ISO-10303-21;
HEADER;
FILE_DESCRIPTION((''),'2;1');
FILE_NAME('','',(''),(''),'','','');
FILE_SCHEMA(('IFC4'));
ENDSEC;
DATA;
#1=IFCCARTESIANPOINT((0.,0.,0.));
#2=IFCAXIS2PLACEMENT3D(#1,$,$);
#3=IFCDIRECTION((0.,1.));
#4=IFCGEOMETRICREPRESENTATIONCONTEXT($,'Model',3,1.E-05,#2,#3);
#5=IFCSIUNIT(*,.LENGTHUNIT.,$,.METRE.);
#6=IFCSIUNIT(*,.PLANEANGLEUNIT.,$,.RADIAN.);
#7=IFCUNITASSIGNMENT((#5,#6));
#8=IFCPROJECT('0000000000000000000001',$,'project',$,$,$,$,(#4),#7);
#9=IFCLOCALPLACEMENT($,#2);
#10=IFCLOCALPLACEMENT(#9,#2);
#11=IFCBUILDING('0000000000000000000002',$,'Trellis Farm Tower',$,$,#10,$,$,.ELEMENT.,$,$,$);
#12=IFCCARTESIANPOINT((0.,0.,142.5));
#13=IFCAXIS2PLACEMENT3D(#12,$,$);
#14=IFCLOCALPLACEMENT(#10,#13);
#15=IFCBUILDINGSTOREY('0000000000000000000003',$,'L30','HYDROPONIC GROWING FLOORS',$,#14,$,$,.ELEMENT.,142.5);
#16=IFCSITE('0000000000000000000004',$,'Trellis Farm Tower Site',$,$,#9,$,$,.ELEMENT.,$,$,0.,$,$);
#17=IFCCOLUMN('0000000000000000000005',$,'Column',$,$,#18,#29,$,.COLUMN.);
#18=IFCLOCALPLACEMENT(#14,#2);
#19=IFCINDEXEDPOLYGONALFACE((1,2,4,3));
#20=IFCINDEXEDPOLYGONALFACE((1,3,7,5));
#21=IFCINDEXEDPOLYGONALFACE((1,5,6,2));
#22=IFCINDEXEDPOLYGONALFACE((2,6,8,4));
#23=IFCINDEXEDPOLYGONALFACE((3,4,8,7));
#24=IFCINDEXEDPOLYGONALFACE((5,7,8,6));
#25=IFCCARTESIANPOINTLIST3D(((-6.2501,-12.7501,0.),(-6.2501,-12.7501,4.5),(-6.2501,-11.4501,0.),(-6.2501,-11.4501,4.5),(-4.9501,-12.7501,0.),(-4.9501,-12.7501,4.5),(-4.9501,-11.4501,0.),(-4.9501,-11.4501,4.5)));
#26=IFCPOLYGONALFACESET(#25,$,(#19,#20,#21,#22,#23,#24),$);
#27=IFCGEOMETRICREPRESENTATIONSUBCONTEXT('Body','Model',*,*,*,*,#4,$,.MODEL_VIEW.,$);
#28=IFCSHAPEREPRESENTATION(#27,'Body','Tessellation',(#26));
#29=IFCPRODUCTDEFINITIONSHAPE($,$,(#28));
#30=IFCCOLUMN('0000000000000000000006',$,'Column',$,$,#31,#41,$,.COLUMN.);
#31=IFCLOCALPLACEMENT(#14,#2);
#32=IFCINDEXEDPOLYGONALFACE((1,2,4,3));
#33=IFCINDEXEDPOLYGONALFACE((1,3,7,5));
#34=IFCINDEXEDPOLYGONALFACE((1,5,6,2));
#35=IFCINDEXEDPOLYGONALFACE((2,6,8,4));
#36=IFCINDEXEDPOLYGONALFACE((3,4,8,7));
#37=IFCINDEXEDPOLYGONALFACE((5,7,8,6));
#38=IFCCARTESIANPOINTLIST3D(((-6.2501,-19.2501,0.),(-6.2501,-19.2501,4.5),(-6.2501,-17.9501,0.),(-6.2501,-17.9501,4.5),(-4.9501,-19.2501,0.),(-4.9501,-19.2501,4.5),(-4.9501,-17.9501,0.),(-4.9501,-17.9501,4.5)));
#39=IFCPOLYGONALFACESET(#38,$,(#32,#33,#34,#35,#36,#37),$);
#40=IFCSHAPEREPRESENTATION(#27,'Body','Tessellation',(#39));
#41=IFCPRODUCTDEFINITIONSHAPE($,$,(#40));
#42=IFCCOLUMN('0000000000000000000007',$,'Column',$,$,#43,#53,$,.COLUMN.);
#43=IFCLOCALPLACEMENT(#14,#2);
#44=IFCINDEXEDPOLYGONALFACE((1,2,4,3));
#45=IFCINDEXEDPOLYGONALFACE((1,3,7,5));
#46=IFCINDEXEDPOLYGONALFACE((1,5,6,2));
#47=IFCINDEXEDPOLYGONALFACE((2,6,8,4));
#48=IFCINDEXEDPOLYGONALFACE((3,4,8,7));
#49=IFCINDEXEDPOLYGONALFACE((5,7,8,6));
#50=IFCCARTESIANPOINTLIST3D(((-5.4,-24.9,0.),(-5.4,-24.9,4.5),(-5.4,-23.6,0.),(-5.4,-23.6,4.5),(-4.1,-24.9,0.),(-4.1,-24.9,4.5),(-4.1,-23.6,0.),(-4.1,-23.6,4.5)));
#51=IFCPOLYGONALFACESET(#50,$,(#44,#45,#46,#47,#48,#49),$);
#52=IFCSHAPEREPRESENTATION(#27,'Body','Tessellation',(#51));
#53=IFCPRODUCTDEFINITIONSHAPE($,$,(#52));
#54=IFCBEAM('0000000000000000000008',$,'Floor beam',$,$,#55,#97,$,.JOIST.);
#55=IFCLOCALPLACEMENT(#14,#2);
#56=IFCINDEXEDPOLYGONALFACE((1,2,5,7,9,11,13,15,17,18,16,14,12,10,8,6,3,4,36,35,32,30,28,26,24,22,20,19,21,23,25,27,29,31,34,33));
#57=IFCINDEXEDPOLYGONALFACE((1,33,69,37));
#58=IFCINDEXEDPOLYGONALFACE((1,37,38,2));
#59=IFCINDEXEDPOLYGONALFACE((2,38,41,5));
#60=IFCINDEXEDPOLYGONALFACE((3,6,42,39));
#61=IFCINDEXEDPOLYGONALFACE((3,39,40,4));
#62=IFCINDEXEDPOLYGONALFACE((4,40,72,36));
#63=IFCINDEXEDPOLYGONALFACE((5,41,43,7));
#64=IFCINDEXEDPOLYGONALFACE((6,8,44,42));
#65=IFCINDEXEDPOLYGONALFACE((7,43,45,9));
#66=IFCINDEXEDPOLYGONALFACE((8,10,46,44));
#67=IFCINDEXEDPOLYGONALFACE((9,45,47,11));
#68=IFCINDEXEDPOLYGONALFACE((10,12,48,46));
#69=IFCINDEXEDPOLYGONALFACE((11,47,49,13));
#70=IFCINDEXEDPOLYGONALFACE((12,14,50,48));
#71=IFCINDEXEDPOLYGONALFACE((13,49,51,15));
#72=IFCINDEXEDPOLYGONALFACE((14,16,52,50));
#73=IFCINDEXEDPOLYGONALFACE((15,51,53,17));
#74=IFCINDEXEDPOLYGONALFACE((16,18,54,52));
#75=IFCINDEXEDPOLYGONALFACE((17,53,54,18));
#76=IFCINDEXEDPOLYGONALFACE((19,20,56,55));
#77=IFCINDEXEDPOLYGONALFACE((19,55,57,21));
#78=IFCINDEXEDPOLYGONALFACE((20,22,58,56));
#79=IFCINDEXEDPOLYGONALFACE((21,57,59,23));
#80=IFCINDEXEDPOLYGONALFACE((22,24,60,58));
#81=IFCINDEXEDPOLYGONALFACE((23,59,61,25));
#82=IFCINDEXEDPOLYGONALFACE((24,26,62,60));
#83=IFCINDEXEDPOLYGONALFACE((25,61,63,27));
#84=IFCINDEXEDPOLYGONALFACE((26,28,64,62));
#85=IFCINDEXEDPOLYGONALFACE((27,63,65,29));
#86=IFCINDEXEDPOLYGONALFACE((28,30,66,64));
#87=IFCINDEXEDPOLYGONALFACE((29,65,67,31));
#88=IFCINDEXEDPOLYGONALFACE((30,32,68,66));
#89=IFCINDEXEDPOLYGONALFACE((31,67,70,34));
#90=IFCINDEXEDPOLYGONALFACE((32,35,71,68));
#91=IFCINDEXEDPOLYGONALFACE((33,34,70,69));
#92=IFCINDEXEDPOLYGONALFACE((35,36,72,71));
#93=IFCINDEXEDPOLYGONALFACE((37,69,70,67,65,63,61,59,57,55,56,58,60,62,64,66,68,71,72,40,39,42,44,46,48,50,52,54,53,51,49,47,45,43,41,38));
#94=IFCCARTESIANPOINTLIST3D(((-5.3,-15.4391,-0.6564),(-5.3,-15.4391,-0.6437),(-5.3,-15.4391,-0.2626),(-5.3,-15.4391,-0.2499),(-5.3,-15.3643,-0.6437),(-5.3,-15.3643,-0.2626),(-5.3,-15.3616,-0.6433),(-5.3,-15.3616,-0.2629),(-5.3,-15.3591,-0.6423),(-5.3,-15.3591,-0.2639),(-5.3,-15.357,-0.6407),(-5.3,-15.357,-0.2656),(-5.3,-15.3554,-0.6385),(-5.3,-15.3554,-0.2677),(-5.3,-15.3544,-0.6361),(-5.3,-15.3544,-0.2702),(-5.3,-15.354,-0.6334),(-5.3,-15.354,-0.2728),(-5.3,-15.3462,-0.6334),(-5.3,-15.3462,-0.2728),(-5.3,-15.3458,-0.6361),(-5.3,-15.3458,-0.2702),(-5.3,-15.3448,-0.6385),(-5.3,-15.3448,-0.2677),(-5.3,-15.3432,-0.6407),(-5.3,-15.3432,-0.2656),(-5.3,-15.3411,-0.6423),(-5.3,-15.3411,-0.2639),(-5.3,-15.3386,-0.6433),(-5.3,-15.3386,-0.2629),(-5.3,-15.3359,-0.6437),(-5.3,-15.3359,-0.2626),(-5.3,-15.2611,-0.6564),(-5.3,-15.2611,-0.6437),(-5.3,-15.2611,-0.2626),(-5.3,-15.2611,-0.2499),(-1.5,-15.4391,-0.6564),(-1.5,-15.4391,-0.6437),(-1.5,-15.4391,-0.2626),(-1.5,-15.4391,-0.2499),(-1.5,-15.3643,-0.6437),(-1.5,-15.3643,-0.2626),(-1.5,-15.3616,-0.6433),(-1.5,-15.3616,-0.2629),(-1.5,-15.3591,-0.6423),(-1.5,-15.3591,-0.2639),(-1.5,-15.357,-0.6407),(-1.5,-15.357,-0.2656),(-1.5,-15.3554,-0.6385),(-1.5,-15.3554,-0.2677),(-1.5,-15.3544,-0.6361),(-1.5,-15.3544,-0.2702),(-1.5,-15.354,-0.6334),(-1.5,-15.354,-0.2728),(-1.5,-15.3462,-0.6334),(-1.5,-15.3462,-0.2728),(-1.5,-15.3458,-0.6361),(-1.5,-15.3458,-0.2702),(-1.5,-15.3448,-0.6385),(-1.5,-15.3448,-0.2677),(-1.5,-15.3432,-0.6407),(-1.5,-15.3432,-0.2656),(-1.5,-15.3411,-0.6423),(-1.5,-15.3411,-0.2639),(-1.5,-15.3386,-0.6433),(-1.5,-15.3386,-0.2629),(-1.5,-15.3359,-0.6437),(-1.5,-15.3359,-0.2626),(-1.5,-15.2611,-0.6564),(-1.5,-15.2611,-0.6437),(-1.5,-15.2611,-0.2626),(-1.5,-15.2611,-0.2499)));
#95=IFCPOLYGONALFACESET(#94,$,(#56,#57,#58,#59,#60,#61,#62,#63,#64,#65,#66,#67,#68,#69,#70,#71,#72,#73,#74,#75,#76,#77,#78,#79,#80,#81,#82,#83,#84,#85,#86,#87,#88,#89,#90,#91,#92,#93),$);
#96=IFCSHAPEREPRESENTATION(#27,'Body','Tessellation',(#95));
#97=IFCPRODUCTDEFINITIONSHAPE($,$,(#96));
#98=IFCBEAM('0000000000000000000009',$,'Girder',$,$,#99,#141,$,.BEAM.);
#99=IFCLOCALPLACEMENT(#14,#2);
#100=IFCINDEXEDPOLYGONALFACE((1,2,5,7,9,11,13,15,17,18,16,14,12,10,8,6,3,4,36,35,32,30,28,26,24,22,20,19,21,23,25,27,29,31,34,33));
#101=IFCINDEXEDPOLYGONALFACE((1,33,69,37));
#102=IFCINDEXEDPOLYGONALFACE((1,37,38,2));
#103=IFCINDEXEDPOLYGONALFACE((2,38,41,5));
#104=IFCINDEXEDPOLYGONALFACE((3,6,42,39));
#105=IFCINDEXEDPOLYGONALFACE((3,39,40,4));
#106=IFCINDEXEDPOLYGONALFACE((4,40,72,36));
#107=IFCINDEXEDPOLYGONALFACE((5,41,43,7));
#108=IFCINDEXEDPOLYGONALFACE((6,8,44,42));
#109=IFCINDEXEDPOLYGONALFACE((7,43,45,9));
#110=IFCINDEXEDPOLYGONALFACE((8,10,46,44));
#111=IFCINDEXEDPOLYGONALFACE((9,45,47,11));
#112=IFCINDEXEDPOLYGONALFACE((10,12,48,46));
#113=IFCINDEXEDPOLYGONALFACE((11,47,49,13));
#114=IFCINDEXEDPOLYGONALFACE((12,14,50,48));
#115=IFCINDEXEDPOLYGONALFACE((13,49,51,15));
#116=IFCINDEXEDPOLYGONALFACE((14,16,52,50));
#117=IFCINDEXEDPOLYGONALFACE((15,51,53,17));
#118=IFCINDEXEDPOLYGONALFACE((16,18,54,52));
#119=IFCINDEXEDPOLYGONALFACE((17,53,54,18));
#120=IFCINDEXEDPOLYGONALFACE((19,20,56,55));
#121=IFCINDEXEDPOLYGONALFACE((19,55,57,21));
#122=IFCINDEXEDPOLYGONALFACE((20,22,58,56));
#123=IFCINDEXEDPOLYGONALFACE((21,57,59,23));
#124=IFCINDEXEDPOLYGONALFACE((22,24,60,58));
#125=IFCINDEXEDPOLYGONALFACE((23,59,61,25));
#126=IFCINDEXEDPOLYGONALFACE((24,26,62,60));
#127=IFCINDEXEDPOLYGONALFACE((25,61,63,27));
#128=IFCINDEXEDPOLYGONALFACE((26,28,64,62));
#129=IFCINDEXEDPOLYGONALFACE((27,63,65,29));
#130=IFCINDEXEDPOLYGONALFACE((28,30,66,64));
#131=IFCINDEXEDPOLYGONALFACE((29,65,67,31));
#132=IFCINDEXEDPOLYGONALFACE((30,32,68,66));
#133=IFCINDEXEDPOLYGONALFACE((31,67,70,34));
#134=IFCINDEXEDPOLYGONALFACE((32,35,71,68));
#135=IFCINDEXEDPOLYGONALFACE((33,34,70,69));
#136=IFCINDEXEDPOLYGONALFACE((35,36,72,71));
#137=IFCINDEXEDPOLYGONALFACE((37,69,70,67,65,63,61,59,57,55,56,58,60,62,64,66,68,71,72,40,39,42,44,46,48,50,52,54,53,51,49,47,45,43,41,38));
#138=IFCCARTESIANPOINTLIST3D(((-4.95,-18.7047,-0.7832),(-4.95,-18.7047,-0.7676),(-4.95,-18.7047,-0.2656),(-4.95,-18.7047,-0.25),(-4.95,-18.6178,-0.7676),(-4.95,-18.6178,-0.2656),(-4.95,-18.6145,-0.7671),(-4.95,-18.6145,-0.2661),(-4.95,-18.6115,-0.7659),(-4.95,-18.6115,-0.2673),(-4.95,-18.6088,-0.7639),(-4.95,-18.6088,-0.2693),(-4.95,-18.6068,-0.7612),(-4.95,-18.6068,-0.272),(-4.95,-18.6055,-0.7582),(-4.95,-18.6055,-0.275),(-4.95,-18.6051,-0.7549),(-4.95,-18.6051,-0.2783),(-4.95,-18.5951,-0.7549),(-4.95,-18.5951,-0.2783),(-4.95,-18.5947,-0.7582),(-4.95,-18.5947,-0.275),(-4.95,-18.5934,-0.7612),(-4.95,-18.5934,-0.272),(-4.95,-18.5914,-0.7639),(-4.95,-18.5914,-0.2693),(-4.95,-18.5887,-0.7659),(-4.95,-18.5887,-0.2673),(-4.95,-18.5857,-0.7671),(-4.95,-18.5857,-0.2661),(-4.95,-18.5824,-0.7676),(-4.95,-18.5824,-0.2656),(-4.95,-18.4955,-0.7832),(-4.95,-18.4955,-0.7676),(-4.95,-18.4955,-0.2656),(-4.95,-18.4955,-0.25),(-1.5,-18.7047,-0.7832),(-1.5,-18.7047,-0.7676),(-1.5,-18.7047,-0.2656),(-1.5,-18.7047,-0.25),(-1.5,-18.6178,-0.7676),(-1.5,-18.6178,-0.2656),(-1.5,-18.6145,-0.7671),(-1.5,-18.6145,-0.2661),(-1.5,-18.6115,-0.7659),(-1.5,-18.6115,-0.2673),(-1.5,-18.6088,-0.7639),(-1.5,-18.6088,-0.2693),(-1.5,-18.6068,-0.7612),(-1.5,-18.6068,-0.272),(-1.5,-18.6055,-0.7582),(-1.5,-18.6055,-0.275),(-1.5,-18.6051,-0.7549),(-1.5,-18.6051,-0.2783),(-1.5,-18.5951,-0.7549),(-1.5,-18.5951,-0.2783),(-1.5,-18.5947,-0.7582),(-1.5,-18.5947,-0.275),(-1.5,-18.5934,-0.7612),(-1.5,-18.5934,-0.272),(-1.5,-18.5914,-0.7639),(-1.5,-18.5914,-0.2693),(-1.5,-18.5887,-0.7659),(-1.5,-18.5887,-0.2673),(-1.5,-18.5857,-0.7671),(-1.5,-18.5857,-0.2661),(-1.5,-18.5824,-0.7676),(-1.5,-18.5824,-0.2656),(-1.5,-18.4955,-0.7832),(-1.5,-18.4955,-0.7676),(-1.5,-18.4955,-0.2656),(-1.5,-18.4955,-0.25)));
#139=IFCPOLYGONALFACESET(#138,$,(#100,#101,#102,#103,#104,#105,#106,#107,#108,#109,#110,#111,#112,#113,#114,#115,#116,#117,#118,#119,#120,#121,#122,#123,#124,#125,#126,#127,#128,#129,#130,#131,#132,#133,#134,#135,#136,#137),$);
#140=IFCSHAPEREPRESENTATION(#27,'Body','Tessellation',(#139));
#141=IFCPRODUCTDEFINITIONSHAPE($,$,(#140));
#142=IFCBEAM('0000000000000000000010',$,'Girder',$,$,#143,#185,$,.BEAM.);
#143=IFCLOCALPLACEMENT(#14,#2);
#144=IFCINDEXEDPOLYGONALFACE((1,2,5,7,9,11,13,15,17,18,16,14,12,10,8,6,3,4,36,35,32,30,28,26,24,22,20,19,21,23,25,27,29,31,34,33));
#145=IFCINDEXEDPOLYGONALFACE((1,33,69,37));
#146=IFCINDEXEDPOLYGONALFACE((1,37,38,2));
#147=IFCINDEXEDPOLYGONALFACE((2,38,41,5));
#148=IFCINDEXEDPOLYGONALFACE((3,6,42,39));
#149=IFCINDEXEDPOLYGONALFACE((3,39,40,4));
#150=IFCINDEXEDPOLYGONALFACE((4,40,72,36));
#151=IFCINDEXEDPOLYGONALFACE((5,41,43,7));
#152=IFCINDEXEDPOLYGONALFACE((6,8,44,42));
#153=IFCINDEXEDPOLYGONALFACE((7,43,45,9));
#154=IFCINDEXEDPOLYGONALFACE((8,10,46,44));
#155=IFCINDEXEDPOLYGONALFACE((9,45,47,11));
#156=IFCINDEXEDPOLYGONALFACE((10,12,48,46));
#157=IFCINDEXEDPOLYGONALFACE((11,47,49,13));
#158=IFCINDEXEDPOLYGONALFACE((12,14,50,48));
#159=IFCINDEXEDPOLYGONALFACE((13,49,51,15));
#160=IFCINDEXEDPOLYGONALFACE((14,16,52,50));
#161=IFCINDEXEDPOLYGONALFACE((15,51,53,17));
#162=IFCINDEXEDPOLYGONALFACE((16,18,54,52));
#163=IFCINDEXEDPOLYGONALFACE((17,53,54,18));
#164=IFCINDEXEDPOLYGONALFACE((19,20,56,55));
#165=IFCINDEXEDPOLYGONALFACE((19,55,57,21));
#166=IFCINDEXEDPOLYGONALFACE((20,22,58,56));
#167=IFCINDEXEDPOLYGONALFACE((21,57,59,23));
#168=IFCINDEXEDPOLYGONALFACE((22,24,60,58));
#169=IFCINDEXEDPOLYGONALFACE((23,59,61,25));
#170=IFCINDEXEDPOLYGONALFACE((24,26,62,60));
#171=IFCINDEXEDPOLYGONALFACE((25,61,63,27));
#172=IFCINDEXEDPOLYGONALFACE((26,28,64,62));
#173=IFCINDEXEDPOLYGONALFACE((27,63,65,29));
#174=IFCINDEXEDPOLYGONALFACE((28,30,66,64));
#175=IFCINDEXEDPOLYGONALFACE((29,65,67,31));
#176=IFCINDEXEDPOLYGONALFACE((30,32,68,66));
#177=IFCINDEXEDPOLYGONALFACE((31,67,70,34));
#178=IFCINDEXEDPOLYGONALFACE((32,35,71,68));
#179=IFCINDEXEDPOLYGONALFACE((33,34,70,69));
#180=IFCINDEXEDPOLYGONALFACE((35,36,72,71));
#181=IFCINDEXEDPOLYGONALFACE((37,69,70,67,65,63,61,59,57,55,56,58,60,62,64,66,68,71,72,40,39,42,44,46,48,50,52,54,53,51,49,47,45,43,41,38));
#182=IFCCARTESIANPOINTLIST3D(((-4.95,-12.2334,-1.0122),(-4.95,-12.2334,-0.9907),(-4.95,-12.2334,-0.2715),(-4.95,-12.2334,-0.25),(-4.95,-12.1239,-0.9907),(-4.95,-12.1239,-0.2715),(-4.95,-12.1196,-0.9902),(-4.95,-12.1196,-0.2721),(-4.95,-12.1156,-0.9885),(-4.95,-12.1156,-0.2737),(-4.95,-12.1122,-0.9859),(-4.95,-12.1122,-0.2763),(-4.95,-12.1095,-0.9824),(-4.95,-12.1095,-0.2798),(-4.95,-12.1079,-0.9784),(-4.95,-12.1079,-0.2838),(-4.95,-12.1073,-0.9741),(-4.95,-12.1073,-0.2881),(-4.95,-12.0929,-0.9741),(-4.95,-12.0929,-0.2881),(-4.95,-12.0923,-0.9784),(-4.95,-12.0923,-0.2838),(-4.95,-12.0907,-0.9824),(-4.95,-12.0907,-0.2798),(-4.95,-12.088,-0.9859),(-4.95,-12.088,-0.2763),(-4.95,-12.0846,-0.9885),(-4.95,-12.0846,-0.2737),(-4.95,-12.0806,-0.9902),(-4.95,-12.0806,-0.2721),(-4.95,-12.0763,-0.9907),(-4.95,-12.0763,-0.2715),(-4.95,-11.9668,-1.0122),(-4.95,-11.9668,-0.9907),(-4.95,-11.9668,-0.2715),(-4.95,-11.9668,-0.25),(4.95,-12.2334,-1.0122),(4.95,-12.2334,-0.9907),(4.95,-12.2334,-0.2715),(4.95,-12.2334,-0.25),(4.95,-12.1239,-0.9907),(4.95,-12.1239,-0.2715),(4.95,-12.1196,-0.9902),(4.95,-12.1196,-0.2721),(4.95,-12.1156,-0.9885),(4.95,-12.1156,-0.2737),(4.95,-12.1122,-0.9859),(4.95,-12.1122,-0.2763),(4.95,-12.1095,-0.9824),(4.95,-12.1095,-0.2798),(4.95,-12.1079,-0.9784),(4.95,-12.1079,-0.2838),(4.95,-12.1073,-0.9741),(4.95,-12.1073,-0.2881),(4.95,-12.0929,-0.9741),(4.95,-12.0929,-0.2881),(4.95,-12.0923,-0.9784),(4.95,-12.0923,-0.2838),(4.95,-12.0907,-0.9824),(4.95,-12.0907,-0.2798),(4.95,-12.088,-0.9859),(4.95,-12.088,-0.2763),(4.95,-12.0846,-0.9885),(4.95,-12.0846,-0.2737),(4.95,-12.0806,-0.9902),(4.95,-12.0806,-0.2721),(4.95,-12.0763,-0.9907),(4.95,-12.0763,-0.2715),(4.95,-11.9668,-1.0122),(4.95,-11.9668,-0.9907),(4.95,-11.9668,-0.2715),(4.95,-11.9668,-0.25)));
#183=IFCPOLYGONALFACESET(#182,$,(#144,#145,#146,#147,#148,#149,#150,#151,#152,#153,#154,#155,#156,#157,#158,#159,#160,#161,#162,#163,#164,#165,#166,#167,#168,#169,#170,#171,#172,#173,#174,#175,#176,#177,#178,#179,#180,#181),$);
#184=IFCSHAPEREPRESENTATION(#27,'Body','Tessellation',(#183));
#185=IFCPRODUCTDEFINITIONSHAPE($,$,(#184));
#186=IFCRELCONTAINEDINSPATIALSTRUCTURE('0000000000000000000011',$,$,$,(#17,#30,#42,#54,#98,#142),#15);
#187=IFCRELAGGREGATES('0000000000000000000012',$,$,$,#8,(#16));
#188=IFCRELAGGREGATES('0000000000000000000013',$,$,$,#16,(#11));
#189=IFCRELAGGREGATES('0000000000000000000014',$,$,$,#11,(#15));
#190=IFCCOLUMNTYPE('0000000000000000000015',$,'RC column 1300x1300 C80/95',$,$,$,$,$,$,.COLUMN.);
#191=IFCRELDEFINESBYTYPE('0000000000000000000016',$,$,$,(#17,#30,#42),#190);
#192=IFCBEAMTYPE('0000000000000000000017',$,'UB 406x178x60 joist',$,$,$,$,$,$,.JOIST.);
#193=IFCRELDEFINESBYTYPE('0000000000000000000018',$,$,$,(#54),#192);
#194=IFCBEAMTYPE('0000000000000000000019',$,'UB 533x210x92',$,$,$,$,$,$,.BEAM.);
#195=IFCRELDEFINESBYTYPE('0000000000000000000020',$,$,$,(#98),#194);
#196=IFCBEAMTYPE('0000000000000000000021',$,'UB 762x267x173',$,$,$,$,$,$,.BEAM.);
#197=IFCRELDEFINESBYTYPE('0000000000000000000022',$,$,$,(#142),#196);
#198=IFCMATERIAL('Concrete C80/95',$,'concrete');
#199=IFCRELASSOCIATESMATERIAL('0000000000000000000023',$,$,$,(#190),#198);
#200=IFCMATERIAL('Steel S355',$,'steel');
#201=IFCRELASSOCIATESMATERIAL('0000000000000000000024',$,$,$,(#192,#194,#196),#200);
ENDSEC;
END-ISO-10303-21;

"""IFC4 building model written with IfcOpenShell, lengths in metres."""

from ifc_helpers import new_model, si_unit, direction, frame, origin, origin_2d, place, context, subcontext, project, spatial, rectangle, i_section, extrude, source, transform, mapped, material, material_profile, profile_set, type_object, element, save


model = new_model("IFC4")

# Units and contexts
model_context = context("Model", 3, precision=1e-05, world=origin(), true_north=direction((0.0, 1.0)))
body_context = subcontext(model_context, "Body", "Model", "MODEL_VIEW")
ifc_project = project(units=[si_unit("LENGTHUNIT", "METRE"), si_unit("PLANEANGLEUNIT", "RADIAN")], contexts=[model_context])

# Site, building, storey
site_placement = place(None, origin())
site = spatial("IfcSite", under=ifc_project, at=site_placement, Name="Trellis Farm Tower Site", CompositionType="ELEMENT", RefElevation=0.0)
building_placement = place(site_placement, origin())
building = spatial("IfcBuilding", under=site, at=building_placement, Name="Trellis Farm Tower", CompositionType="ELEMENT")
storey_placement = place(building_placement, frame((0.0, 0.0, 142.5)))
storey = spatial("IfcBuildingStorey", under=building, at=storey_placement, Name="L30", Description="HYDROPONIC GROWING FLOORS", CompositionType="ELEMENT", Elevation=142.5)

# Columns
ifc_material_1 = material(Name="Concrete C80/95", Category="concrete")
ifc_material_profile_1 = material_profile(ifc_material_1, rectangle(XDim=1.3, YDim=1.3, at=origin_2d()), Name="RC column 1300x1300 C80/95")
ifc_profile_set_1 = profile_set([ifc_material_profile_1], Name="Concrete C80/95")
column_type = type_object("IfcColumnType", Name="RC column 1300x1300 C80/95", PredefinedType="COLUMN", material=ifc_profile_set_1)
shared_shape_1 = source(origin(), body_context, "Body", "SweptSolid", [
    extrude(rectangle(XDim=1.3, YDim=1.3, at=origin_2d()), origin(), (0.0, 0.0, 1.0), 4.5),
])
for number, where, z_axis, x_axis, name in (
    (1, (-5.6001, -12.1001, 0.0), (0.0, 0.0, 1.0), (1.0, 0.0, 0.0), "Column"),
    (2, (-5.6001, -18.6001, 0.0), (0.0, 0.0, 1.0), (1.0, 0.0, 0.0), "Column"),
    (3, (-4.75, -24.25, 0.0), (0.0, 0.0, 1.0), (1.0, 0.0, 0.0), "Column"),
):
    element("IfcColumn", number, at=place(storey_placement, frame(where, z_axis=z_axis, x_axis=x_axis)), inside=storey, type_object=column_type, Name=name, PredefinedType="COLUMN", context=body_context, shape_type="MappedRepresentation", body=[
        mapped(shared_shape_1, transform((0.0, 0.0, 0.0))),
    ])

# Beams
ifc_material_2 = material(Name="Steel S355", Category="steel")
ifc_material_profile_2 = material_profile(ifc_material_2, i_section(OverallWidth=0.178, OverallDepth=0.4065, WebThickness=0.0078, FlangeThickness=0.0127, FilletRadius=0.0103, at=origin_2d()), Name="UB 406x178x60")
ifc_profile_set_2 = profile_set([ifc_material_profile_2], Name="Steel S355")
beam_type_1 = type_object("IfcBeamType", Name="UB 406x178x60 joist", PredefinedType="JOIST", material=ifc_profile_set_2)
shared_shape_2 = source(origin(), body_context, "Body", "SweptSolid", [
    extrude(i_section(OverallWidth=0.178, OverallDepth=0.4065, WebThickness=0.0078, FlangeThickness=0.0127, FilletRadius=0.0103, at=origin_2d()), origin(), (0.0, 0.0, 1.0), 3.8),
])
beam_1_placement = place(storey_placement, frame((-5.3, -15.3501, -0.4531), z_axis=(1.0, 0.0, 0.0), x_axis=(0.0, 1.0, 0.0)))
element("IfcBeam", 4, at=beam_1_placement, inside=storey, type_object=beam_type_1, Name="Floor beam", PredefinedType="JOIST", context=body_context, shape_type="MappedRepresentation", body=[
    mapped(shared_shape_2, transform((0.0, 0.0, 0.0))),
])
ifc_material_profile_3 = material_profile(ifc_material_2, i_section(OverallWidth=0.2092, OverallDepth=0.5332, WebThickness=0.01, FlangeThickness=0.0156, FilletRadius=0.0127, at=origin_2d()), Name="UB 533x210x92")
ifc_profile_set_3 = profile_set([ifc_material_profile_3], Name="Steel S355")
beam_type_2 = type_object("IfcBeamType", Name="UB 533x210x92", PredefinedType="BEAM", material=ifc_profile_set_3)
shared_shape_3 = source(origin(), body_context, "Body", "SweptSolid", [
    extrude(i_section(OverallWidth=0.2092, OverallDepth=0.5332, WebThickness=0.01, FlangeThickness=0.0156, FilletRadius=0.0127, at=origin_2d()), origin(), (0.0, 0.0, 1.0), 3.45),
])
beam_2_placement = place(storey_placement, frame((-4.95, -18.6001, -0.5166), z_axis=(1.0, 0.0, 0.0), x_axis=(0.0, 1.0, 0.0)))
element("IfcBeam", 5, at=beam_2_placement, inside=storey, type_object=beam_type_2, Name="Girder", PredefinedType="BEAM", context=body_context, shape_type="MappedRepresentation", body=[
    mapped(shared_shape_3, transform((0.0, 0.0, 0.0))),
])
ifc_material_profile_4 = material_profile(ifc_material_2, i_section(OverallWidth=0.2666, OverallDepth=0.7622, WebThickness=0.0144, FlangeThickness=0.0215, FilletRadius=0.0166, at=origin_2d()), Name="UB 762x267x173")
ifc_profile_set_4 = profile_set([ifc_material_profile_4], Name="Steel S355")
beam_type_3 = type_object("IfcBeamType", Name="UB 762x267x173", PredefinedType="BEAM", material=ifc_profile_set_4)
shared_shape_4 = source(origin(), body_context, "Body", "SweptSolid", [
    extrude(i_section(OverallWidth=0.2666, OverallDepth=0.7622, WebThickness=0.0144, FlangeThickness=0.0215, FilletRadius=0.0166, at=origin_2d()), origin(), (0.0, 0.0, 1.0), 9.8999),
])
beam_3_placement = place(storey_placement, frame((-4.95, -12.1001, -0.6311), z_axis=(1.0, 0.0, 0.0), x_axis=(0.0, 1.0, 0.0)))
element("IfcBeam", 6, at=beam_3_placement, inside=storey, type_object=beam_type_3, Name="Girder", PredefinedType="BEAM", context=body_context, shape_type="MappedRepresentation", body=[
    mapped(shared_shape_4, transform((0.0, 0.0, 0.0))),
])

save(model, "model.ifc")
